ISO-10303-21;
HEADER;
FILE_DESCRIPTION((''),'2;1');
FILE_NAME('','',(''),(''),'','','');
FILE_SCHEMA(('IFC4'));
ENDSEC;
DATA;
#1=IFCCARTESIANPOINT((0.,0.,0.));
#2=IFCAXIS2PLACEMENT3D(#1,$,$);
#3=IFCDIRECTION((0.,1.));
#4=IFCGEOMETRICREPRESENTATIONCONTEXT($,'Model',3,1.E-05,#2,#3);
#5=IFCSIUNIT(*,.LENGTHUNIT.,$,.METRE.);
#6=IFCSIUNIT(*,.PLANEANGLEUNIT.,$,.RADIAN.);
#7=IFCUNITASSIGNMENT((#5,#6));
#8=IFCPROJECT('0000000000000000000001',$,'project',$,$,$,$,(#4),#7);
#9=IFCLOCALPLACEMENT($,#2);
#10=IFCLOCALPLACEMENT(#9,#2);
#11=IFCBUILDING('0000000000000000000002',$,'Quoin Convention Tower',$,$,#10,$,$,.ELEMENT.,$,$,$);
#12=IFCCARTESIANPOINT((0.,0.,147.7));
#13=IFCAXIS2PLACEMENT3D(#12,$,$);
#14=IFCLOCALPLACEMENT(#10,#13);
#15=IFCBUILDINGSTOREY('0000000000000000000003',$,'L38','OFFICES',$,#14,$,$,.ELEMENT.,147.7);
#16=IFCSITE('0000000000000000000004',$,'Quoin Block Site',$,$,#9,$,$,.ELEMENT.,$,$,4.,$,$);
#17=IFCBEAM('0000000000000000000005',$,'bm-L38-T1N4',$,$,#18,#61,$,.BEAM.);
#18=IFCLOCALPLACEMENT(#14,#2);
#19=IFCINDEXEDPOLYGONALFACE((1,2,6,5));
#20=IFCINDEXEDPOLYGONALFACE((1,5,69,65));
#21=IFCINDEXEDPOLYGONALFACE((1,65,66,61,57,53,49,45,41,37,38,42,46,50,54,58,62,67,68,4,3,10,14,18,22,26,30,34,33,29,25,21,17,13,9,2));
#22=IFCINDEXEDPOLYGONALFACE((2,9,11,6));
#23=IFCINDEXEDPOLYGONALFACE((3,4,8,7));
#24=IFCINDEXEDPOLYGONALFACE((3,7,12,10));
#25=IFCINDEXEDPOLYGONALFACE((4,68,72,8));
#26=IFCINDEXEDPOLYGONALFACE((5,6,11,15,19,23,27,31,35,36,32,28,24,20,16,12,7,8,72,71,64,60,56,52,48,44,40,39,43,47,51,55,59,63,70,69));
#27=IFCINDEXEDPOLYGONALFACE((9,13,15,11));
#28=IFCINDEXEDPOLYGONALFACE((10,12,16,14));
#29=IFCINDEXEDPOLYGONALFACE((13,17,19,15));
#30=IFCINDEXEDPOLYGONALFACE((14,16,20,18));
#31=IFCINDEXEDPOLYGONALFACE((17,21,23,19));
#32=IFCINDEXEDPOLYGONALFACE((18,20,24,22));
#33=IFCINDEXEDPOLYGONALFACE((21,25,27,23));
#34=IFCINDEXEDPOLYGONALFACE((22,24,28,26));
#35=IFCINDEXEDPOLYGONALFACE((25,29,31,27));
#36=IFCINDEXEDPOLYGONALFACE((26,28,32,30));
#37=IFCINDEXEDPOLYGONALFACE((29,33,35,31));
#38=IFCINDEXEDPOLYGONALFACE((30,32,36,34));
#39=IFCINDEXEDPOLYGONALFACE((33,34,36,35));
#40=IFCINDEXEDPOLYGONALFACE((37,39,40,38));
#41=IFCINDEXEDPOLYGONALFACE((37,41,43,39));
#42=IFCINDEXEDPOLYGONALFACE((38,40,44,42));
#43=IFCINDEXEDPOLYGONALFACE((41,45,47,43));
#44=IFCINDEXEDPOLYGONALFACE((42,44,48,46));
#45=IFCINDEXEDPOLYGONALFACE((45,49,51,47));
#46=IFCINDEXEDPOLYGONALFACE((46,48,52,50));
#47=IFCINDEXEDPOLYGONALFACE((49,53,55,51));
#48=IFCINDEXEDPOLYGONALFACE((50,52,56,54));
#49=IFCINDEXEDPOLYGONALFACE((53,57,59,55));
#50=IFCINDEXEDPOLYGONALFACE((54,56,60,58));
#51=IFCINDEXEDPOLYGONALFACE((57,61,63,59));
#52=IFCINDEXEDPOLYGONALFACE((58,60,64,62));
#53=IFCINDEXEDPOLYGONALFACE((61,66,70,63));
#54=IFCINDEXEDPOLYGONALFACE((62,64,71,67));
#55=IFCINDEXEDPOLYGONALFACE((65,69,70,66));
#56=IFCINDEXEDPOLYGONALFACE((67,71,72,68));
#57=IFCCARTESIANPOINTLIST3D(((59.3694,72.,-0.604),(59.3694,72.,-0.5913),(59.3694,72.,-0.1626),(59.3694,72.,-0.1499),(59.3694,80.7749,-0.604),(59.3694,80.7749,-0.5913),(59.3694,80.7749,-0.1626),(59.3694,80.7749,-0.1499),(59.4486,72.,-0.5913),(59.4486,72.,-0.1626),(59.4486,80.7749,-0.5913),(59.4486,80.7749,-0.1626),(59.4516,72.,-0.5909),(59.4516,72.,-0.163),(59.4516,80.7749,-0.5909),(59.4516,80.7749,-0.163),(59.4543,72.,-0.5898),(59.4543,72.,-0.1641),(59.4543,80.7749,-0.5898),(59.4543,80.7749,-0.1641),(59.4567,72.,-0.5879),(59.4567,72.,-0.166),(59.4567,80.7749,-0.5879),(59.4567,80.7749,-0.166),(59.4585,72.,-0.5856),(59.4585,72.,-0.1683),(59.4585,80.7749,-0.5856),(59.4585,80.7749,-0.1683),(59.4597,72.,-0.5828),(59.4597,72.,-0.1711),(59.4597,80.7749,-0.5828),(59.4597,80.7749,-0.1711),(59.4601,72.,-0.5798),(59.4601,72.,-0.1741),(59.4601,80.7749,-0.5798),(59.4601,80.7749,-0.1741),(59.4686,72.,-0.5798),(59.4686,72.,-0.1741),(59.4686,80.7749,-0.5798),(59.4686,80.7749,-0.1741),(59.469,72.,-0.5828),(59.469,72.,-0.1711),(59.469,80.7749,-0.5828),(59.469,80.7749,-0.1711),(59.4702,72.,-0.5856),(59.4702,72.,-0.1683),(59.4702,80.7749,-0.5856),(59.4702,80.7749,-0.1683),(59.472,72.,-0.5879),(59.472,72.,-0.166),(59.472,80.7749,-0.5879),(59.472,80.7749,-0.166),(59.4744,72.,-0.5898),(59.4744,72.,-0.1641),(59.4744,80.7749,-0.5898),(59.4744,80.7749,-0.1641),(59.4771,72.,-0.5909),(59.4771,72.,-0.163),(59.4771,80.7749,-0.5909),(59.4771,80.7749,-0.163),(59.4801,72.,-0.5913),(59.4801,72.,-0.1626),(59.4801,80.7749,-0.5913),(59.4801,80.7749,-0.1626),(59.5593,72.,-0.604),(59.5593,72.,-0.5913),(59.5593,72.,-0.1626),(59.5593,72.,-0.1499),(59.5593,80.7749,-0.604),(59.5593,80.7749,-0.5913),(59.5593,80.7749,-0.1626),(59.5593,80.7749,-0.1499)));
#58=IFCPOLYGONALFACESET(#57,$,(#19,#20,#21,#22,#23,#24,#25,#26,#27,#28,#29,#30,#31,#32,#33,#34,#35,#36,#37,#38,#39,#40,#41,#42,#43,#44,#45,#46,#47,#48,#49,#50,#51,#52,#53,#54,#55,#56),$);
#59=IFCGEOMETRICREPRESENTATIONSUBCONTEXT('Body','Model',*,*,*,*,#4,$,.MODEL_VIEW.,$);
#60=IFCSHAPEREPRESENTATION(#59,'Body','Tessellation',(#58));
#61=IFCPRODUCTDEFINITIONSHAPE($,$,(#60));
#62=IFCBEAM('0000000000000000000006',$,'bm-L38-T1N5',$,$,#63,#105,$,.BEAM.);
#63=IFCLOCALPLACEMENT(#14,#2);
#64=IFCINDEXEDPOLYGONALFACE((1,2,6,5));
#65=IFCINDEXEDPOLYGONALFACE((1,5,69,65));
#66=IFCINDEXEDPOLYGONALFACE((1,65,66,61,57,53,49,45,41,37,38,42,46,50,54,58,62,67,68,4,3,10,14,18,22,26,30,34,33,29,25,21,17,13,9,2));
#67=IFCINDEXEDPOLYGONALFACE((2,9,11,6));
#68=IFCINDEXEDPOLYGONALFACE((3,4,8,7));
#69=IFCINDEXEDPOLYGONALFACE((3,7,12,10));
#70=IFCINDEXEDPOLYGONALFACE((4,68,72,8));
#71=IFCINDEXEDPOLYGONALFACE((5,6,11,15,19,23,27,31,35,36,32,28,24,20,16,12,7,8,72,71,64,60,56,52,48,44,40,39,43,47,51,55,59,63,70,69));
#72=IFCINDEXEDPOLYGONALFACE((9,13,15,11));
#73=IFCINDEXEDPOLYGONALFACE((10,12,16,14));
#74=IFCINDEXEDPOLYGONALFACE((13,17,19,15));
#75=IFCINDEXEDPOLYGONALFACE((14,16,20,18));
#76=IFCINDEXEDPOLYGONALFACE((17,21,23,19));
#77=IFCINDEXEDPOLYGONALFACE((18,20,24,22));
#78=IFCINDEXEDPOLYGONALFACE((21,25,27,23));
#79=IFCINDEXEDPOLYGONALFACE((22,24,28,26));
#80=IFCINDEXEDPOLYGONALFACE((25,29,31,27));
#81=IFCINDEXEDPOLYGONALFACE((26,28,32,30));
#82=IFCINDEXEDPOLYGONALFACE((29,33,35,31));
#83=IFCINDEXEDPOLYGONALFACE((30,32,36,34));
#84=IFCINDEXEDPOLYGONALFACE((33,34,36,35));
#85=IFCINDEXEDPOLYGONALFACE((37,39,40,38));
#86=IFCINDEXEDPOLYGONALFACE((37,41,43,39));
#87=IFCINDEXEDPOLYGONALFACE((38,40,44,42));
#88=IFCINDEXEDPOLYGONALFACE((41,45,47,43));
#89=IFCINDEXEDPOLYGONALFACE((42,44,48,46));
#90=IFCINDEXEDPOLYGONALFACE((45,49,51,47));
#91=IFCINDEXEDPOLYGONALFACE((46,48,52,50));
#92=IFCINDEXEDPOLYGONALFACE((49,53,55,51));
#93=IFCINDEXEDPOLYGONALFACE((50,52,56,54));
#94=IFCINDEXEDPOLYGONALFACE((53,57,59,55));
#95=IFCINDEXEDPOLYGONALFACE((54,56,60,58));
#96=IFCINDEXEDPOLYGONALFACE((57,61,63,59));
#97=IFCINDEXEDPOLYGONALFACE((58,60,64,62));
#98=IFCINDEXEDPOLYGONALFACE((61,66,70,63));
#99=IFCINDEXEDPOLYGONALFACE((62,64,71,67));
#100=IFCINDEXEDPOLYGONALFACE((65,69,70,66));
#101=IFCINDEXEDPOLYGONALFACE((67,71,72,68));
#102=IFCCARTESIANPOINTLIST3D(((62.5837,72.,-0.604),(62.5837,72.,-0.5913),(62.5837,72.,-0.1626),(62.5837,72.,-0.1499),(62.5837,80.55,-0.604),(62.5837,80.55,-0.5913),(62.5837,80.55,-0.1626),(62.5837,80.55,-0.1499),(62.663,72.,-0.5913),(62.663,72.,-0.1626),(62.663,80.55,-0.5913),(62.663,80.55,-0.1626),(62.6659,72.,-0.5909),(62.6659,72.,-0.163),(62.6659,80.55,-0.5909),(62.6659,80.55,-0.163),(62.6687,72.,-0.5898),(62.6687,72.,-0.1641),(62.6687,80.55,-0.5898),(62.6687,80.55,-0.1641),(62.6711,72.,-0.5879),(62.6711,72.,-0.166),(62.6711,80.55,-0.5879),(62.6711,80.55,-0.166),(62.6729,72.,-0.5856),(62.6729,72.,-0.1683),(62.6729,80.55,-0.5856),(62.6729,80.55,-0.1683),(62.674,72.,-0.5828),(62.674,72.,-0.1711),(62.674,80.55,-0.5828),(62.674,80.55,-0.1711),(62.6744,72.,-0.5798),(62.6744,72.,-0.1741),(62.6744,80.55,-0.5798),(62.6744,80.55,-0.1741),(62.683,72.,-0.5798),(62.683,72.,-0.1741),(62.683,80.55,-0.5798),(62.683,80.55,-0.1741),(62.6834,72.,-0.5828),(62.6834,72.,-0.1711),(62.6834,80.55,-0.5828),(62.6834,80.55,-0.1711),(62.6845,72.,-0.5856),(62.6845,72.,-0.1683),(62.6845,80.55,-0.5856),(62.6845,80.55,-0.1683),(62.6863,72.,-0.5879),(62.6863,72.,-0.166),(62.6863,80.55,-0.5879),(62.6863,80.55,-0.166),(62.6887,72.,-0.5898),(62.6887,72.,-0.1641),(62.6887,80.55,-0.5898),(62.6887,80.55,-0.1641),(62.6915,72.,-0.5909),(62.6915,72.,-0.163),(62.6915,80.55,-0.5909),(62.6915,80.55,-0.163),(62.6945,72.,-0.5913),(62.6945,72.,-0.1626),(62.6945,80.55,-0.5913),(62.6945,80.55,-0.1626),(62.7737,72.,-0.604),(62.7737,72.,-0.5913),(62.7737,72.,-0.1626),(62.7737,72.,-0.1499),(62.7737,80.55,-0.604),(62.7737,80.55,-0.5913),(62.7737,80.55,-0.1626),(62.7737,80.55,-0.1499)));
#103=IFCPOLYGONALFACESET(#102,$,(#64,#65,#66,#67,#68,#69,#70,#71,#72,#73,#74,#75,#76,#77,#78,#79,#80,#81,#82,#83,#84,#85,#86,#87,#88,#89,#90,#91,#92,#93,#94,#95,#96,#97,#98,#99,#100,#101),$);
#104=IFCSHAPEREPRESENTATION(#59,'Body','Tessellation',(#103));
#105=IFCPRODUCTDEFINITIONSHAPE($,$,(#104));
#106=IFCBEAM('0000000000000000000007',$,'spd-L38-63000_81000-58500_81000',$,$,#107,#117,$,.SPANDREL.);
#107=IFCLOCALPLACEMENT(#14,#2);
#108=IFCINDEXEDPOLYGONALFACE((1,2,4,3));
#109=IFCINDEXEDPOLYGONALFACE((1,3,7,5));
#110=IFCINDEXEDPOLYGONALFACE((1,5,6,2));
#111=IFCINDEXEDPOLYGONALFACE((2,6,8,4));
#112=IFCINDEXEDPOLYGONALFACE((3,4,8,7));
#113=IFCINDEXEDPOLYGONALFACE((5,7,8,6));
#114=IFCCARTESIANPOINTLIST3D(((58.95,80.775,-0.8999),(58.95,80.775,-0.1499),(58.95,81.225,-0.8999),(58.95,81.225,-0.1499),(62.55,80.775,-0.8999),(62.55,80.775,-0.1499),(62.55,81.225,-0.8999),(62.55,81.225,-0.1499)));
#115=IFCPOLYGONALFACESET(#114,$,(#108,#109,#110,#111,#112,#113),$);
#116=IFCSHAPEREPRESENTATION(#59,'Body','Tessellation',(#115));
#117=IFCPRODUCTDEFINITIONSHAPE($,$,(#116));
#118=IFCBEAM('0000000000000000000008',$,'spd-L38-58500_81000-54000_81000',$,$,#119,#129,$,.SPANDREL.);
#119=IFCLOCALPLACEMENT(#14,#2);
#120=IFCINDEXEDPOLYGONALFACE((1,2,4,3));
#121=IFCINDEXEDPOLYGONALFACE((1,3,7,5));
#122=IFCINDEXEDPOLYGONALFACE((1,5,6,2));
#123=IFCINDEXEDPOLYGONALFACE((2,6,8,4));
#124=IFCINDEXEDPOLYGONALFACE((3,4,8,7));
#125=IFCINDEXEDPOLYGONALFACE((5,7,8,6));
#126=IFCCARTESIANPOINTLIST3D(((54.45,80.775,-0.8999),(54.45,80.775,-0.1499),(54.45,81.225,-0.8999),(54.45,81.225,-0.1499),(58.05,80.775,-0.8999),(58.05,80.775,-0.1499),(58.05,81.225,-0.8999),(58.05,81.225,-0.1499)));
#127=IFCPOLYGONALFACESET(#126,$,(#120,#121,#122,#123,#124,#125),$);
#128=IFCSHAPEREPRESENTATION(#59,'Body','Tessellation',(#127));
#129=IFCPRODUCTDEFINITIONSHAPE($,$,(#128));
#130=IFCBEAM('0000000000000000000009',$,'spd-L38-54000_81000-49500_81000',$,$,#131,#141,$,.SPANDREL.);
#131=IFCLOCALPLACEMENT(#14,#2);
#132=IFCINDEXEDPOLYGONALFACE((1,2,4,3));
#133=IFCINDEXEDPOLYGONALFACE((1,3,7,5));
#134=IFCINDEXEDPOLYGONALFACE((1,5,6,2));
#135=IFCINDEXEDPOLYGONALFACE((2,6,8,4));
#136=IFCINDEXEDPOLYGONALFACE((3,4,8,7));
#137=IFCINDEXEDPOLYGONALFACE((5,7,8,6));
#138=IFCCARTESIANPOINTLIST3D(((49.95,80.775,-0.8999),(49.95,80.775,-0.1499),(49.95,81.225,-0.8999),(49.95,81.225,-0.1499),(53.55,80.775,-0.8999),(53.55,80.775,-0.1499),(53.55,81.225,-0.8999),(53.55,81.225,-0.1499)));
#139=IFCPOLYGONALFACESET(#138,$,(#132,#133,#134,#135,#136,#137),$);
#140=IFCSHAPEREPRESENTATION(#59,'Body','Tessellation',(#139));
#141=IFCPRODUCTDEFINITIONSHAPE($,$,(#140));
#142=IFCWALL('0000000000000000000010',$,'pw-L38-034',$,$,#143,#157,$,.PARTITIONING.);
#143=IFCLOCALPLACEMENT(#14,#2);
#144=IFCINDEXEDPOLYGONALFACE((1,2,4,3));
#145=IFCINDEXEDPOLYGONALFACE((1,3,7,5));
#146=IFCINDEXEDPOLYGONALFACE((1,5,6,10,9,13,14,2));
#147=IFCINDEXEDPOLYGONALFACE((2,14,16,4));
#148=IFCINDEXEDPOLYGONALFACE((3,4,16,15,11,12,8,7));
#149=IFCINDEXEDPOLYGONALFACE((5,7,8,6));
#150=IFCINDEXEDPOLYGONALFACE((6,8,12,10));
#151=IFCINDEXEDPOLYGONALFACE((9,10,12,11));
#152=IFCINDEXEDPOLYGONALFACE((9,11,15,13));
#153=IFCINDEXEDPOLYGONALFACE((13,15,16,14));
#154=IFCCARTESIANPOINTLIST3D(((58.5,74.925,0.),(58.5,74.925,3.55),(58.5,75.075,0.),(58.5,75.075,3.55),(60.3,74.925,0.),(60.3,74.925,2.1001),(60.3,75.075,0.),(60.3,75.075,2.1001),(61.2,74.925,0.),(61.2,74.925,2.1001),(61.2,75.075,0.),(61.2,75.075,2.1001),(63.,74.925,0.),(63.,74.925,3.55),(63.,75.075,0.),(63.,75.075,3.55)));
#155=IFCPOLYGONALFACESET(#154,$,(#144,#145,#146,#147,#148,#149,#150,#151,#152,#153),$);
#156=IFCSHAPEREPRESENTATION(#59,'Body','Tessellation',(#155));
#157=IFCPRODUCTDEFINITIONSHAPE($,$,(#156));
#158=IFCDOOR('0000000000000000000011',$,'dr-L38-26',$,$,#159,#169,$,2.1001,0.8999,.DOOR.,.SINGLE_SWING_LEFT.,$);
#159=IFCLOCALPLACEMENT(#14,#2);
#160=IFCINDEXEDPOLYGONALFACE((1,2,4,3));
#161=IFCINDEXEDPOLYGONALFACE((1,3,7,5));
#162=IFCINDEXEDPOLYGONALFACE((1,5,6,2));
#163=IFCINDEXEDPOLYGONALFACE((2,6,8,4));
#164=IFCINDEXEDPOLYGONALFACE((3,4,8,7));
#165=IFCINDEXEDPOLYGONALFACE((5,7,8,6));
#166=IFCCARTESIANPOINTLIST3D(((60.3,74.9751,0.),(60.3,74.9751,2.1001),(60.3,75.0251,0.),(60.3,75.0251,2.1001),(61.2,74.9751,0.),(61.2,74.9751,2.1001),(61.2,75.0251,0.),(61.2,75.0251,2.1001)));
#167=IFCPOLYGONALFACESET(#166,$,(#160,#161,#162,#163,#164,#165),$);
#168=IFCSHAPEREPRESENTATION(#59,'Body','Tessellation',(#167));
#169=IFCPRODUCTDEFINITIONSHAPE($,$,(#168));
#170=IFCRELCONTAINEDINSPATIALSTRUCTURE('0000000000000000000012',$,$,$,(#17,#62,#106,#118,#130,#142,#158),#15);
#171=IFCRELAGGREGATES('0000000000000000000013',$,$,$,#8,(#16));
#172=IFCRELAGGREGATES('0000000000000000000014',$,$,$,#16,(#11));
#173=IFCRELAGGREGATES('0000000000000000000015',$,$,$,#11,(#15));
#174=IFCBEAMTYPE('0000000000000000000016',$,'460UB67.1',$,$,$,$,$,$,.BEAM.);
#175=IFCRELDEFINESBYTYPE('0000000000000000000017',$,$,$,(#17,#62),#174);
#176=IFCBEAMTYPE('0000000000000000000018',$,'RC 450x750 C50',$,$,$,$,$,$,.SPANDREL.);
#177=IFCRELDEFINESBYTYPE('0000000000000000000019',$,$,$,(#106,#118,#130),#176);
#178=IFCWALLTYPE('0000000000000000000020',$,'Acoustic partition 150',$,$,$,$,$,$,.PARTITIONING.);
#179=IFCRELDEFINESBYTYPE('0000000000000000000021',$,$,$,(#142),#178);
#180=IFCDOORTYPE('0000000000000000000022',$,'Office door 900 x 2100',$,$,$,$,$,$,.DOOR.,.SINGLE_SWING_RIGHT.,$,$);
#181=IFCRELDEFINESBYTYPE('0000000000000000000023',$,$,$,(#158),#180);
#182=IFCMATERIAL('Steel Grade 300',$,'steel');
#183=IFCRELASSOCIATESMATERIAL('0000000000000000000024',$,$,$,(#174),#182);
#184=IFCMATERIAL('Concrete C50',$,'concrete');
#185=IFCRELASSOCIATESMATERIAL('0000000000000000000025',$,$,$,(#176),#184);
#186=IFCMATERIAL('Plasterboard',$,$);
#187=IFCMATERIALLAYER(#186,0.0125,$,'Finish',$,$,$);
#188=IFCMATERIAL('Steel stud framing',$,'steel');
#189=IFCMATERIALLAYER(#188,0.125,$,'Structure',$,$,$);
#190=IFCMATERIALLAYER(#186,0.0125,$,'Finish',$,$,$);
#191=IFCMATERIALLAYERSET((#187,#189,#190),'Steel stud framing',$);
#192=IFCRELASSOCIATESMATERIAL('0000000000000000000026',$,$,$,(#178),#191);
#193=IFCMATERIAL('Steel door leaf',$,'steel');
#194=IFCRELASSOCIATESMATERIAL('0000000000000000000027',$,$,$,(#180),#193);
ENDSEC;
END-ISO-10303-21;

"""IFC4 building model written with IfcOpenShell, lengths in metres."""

from ifc_helpers import new_model, si_unit, direction, frame, frame_2d, origin, origin_2d, place, context, subcontext, project, spatial, rectangle, i_section, extrude, material, layer, layer_set, material_profile, profile_set, type_object, element, fill, save


model = new_model("IFC4")

# Units and contexts
model_context = context("Model", 3, precision=1e-05, world=origin(), true_north=direction((0.0, 1.0)))
body_context = subcontext(model_context, "Body", "Model", "MODEL_VIEW")
ifc_project = project(units=[si_unit("LENGTHUNIT", "METRE"), si_unit("PLANEANGLEUNIT", "RADIAN")], contexts=[model_context])

# Site, building, storey
site_placement = place(None, origin())
site = spatial("IfcSite", under=ifc_project, at=site_placement, Name="Quoin Block Site", CompositionType="ELEMENT", RefElevation=4.0)
building_placement = place(site_placement, origin())
building = spatial("IfcBuilding", under=site, at=building_placement, Name="Quoin Convention Tower", CompositionType="ELEMENT")
storey_placement = place(building_placement, frame((0.0, 0.0, 147.7)))
storey = spatial("IfcBuildingStorey", under=building, at=storey_placement, Name="L38", Description="OFFICES", CompositionType="ELEMENT", Elevation=147.7)

# Shared definitions
ifc_material_1 = material(Name="Concrete C50", Category="concrete")

# Beams
ifc_material_2 = material(Name="Steel Grade 300", Category="steel")
ifc_material_profile_1 = material_profile(ifc_material_2, i_section(OverallWidth=0.1899, OverallDepth=0.4541, WebThickness=0.0085, FlangeThickness=0.0127, FilletRadius=0.0115, at=origin_2d()), Name="460UB67.1")
ifc_profile_set_1 = profile_set([ifc_material_profile_1], Name="Steel Grade 300")
beam_type_1 = type_object("IfcBeamType", Name="460UB67.1", PredefinedType="BEAM", material=ifc_profile_set_1)
for number, where, z_axis, x_axis, name in (
    (1, (59.4644, 72.0, -0.377), (0.0, 1.0, 0.0), (-1.0, 0.0, 0.0), "bm-L38-T1N4"),
):
    element("IfcBeam", number, at=place(storey_placement, frame(where, z_axis=z_axis, x_axis=x_axis)), inside=storey, type_object=beam_type_1, Name=name, PredefinedType="BEAM", context=body_context, shape_type="SweptSolid", body=[
        extrude(i_section(OverallWidth=0.1899, OverallDepth=0.4541, WebThickness=0.0085, FlangeThickness=0.0127, FilletRadius=0.0115, at=origin_2d()), origin(), (0.0, 0.0, 1.0), 8.7749),
    ])
beam_1_placement = place(storey_placement, frame((62.6787, 72.0, -0.377), z_axis=(0.0, 1.0, 0.0), x_axis=(-1.0, 0.0, 0.0)))
element("IfcBeam", 2, at=beam_1_placement, inside=storey, type_object=beam_type_1, Name="bm-L38-T1N5", PredefinedType="BEAM", context=body_context, shape_type="SweptSolid", body=[
    extrude(i_section(OverallWidth=0.1899, OverallDepth=0.4541, WebThickness=0.0085, FlangeThickness=0.0127, FilletRadius=0.0115, at=origin_2d()), origin(), (0.0, 0.0, 1.0), 8.55),
])
ifc_material_profile_2 = material_profile(ifc_material_1, rectangle(XDim=0.45, YDim=0.75, at=origin_2d()), Name="RC 450x750")
ifc_profile_set_2 = profile_set([ifc_material_profile_2], Name="Concrete C50")
beam_type_2 = type_object("IfcBeamType", Name="RC 450x750 C50", PredefinedType="SPANDREL", material=ifc_profile_set_2)
for number, where, z_axis, x_axis, name in (
    (3, (62.55, 81.0, -0.5249), (-1.0, 0.0, 0.0), (0.0, -1.0, 0.0), "spd-L38-63000_81000-58500_81000"),
    (4, (58.05, 81.0, -0.5249), (-1.0, 0.0, 0.0), (0.0, -1.0, 0.0), "spd-L38-58500_81000-54000_81000"),
    (5, (53.55, 81.0, -0.5249), (-1.0, 0.0, 0.0), (0.0, -1.0, 0.0), "spd-L38-54000_81000-49500_81000"),
):
    element("IfcBeam", number, at=place(storey_placement, frame(where, z_axis=z_axis, x_axis=x_axis)), inside=storey, type_object=beam_type_2, Name=name, PredefinedType="SPANDREL", context=body_context, shape_type="SweptSolid", body=[
        extrude(rectangle(XDim=0.45, YDim=0.75, at=origin_2d()), origin(), (0.0, 0.0, 1.0), 3.6001),
    ])

# Wall, opening, door
ifc_material_3 = material(Name="Plasterboard")
ifc_layer_1 = layer(ifc_material_3, 0.0125, Name="Finish")
ifc_material_4 = material(Name="Steel stud framing", Category="steel")
ifc_layer_2 = layer(ifc_material_4, 0.125, Name="Structure")
ifc_layer_3 = layer(ifc_material_3, 0.0125, Name="Finish")
ifc_layer_set_1 = layer_set([ifc_layer_1, ifc_layer_2, ifc_layer_3], Name="Steel stud framing")
wall_type_1 = type_object("IfcWallType", Name="Acoustic partition 150", PredefinedType="PARTITIONING", material=ifc_layer_set_1)
wall_1_placement = place(storey_placement, frame((58.5, 75.0, 0.0), z_axis=(0.0, 0.0, 1.0), x_axis=(1.0, 0.0, 0.0)))
wall_1 = element("IfcWall", 6, at=wall_1_placement, inside=storey, type_object=wall_type_1, Name="pw-L38-034", PredefinedType="PARTITIONING", context=body_context, shape_type="SweptSolid", body=[
    extrude(rectangle(XDim=4.5, YDim=0.1499, at=frame_2d((2.25, 0.0))), origin(), (0.0, 0.0, 1.0), 3.55),
])
opening_1_placement = place(wall_1_placement, frame((1.8, 0.0, 0.0)))
opening_1 = element("IfcOpeningElement", 7, at=opening_1_placement, cuts=wall_1, PredefinedType="OPENING", context=body_context, shape_type="SweptSolid", body=[
    extrude(rectangle(XDim=0.8999, YDim=2.1001, at=frame_2d((0.45, 1.05))), frame((0.0, 0.085, 0.0), z_axis=(0.0, -1.0, 0.0), x_axis=(1.0, 0.0, 0.0)), (0.0, 0.0, 1.0), 0.1699),
])
ifc_material_5 = material(Name="Steel door leaf", Category="steel")
door_type = type_object("IfcDoorType", Name="Office door 900 x 2100", OperationType="SINGLE_SWING_RIGHT", PredefinedType="DOOR", material=ifc_material_5)
door_1_placement = place(opening_1_placement, frame((0.8999, 0.0, 0.0), z_axis=(0.0, 0.0, 1.0), x_axis=(-1.0, 0.0, 0.0)))
door_1 = element("IfcDoor", 8, at=door_1_placement, inside=storey, type_object=door_type, Name="dr-L38-26", OperationType="SINGLE_SWING_LEFT", OverallHeight=2.1001, OverallWidth=0.8999, PredefinedType="DOOR", context=body_context, shape_type="SweptSolid", body=[
    extrude(rectangle(XDim=0.8999, YDim=2.1001, at=frame_2d((0.45, 1.05))), frame((0.0, 0.0249, 0.0), z_axis=(0.0, -1.0, 0.0), x_axis=(1.0, 0.0, 0.0)), (0.0, 0.0, 1.0), 0.05),
])
fill(opening_1, door_1)

save(model, "model.ifc")
